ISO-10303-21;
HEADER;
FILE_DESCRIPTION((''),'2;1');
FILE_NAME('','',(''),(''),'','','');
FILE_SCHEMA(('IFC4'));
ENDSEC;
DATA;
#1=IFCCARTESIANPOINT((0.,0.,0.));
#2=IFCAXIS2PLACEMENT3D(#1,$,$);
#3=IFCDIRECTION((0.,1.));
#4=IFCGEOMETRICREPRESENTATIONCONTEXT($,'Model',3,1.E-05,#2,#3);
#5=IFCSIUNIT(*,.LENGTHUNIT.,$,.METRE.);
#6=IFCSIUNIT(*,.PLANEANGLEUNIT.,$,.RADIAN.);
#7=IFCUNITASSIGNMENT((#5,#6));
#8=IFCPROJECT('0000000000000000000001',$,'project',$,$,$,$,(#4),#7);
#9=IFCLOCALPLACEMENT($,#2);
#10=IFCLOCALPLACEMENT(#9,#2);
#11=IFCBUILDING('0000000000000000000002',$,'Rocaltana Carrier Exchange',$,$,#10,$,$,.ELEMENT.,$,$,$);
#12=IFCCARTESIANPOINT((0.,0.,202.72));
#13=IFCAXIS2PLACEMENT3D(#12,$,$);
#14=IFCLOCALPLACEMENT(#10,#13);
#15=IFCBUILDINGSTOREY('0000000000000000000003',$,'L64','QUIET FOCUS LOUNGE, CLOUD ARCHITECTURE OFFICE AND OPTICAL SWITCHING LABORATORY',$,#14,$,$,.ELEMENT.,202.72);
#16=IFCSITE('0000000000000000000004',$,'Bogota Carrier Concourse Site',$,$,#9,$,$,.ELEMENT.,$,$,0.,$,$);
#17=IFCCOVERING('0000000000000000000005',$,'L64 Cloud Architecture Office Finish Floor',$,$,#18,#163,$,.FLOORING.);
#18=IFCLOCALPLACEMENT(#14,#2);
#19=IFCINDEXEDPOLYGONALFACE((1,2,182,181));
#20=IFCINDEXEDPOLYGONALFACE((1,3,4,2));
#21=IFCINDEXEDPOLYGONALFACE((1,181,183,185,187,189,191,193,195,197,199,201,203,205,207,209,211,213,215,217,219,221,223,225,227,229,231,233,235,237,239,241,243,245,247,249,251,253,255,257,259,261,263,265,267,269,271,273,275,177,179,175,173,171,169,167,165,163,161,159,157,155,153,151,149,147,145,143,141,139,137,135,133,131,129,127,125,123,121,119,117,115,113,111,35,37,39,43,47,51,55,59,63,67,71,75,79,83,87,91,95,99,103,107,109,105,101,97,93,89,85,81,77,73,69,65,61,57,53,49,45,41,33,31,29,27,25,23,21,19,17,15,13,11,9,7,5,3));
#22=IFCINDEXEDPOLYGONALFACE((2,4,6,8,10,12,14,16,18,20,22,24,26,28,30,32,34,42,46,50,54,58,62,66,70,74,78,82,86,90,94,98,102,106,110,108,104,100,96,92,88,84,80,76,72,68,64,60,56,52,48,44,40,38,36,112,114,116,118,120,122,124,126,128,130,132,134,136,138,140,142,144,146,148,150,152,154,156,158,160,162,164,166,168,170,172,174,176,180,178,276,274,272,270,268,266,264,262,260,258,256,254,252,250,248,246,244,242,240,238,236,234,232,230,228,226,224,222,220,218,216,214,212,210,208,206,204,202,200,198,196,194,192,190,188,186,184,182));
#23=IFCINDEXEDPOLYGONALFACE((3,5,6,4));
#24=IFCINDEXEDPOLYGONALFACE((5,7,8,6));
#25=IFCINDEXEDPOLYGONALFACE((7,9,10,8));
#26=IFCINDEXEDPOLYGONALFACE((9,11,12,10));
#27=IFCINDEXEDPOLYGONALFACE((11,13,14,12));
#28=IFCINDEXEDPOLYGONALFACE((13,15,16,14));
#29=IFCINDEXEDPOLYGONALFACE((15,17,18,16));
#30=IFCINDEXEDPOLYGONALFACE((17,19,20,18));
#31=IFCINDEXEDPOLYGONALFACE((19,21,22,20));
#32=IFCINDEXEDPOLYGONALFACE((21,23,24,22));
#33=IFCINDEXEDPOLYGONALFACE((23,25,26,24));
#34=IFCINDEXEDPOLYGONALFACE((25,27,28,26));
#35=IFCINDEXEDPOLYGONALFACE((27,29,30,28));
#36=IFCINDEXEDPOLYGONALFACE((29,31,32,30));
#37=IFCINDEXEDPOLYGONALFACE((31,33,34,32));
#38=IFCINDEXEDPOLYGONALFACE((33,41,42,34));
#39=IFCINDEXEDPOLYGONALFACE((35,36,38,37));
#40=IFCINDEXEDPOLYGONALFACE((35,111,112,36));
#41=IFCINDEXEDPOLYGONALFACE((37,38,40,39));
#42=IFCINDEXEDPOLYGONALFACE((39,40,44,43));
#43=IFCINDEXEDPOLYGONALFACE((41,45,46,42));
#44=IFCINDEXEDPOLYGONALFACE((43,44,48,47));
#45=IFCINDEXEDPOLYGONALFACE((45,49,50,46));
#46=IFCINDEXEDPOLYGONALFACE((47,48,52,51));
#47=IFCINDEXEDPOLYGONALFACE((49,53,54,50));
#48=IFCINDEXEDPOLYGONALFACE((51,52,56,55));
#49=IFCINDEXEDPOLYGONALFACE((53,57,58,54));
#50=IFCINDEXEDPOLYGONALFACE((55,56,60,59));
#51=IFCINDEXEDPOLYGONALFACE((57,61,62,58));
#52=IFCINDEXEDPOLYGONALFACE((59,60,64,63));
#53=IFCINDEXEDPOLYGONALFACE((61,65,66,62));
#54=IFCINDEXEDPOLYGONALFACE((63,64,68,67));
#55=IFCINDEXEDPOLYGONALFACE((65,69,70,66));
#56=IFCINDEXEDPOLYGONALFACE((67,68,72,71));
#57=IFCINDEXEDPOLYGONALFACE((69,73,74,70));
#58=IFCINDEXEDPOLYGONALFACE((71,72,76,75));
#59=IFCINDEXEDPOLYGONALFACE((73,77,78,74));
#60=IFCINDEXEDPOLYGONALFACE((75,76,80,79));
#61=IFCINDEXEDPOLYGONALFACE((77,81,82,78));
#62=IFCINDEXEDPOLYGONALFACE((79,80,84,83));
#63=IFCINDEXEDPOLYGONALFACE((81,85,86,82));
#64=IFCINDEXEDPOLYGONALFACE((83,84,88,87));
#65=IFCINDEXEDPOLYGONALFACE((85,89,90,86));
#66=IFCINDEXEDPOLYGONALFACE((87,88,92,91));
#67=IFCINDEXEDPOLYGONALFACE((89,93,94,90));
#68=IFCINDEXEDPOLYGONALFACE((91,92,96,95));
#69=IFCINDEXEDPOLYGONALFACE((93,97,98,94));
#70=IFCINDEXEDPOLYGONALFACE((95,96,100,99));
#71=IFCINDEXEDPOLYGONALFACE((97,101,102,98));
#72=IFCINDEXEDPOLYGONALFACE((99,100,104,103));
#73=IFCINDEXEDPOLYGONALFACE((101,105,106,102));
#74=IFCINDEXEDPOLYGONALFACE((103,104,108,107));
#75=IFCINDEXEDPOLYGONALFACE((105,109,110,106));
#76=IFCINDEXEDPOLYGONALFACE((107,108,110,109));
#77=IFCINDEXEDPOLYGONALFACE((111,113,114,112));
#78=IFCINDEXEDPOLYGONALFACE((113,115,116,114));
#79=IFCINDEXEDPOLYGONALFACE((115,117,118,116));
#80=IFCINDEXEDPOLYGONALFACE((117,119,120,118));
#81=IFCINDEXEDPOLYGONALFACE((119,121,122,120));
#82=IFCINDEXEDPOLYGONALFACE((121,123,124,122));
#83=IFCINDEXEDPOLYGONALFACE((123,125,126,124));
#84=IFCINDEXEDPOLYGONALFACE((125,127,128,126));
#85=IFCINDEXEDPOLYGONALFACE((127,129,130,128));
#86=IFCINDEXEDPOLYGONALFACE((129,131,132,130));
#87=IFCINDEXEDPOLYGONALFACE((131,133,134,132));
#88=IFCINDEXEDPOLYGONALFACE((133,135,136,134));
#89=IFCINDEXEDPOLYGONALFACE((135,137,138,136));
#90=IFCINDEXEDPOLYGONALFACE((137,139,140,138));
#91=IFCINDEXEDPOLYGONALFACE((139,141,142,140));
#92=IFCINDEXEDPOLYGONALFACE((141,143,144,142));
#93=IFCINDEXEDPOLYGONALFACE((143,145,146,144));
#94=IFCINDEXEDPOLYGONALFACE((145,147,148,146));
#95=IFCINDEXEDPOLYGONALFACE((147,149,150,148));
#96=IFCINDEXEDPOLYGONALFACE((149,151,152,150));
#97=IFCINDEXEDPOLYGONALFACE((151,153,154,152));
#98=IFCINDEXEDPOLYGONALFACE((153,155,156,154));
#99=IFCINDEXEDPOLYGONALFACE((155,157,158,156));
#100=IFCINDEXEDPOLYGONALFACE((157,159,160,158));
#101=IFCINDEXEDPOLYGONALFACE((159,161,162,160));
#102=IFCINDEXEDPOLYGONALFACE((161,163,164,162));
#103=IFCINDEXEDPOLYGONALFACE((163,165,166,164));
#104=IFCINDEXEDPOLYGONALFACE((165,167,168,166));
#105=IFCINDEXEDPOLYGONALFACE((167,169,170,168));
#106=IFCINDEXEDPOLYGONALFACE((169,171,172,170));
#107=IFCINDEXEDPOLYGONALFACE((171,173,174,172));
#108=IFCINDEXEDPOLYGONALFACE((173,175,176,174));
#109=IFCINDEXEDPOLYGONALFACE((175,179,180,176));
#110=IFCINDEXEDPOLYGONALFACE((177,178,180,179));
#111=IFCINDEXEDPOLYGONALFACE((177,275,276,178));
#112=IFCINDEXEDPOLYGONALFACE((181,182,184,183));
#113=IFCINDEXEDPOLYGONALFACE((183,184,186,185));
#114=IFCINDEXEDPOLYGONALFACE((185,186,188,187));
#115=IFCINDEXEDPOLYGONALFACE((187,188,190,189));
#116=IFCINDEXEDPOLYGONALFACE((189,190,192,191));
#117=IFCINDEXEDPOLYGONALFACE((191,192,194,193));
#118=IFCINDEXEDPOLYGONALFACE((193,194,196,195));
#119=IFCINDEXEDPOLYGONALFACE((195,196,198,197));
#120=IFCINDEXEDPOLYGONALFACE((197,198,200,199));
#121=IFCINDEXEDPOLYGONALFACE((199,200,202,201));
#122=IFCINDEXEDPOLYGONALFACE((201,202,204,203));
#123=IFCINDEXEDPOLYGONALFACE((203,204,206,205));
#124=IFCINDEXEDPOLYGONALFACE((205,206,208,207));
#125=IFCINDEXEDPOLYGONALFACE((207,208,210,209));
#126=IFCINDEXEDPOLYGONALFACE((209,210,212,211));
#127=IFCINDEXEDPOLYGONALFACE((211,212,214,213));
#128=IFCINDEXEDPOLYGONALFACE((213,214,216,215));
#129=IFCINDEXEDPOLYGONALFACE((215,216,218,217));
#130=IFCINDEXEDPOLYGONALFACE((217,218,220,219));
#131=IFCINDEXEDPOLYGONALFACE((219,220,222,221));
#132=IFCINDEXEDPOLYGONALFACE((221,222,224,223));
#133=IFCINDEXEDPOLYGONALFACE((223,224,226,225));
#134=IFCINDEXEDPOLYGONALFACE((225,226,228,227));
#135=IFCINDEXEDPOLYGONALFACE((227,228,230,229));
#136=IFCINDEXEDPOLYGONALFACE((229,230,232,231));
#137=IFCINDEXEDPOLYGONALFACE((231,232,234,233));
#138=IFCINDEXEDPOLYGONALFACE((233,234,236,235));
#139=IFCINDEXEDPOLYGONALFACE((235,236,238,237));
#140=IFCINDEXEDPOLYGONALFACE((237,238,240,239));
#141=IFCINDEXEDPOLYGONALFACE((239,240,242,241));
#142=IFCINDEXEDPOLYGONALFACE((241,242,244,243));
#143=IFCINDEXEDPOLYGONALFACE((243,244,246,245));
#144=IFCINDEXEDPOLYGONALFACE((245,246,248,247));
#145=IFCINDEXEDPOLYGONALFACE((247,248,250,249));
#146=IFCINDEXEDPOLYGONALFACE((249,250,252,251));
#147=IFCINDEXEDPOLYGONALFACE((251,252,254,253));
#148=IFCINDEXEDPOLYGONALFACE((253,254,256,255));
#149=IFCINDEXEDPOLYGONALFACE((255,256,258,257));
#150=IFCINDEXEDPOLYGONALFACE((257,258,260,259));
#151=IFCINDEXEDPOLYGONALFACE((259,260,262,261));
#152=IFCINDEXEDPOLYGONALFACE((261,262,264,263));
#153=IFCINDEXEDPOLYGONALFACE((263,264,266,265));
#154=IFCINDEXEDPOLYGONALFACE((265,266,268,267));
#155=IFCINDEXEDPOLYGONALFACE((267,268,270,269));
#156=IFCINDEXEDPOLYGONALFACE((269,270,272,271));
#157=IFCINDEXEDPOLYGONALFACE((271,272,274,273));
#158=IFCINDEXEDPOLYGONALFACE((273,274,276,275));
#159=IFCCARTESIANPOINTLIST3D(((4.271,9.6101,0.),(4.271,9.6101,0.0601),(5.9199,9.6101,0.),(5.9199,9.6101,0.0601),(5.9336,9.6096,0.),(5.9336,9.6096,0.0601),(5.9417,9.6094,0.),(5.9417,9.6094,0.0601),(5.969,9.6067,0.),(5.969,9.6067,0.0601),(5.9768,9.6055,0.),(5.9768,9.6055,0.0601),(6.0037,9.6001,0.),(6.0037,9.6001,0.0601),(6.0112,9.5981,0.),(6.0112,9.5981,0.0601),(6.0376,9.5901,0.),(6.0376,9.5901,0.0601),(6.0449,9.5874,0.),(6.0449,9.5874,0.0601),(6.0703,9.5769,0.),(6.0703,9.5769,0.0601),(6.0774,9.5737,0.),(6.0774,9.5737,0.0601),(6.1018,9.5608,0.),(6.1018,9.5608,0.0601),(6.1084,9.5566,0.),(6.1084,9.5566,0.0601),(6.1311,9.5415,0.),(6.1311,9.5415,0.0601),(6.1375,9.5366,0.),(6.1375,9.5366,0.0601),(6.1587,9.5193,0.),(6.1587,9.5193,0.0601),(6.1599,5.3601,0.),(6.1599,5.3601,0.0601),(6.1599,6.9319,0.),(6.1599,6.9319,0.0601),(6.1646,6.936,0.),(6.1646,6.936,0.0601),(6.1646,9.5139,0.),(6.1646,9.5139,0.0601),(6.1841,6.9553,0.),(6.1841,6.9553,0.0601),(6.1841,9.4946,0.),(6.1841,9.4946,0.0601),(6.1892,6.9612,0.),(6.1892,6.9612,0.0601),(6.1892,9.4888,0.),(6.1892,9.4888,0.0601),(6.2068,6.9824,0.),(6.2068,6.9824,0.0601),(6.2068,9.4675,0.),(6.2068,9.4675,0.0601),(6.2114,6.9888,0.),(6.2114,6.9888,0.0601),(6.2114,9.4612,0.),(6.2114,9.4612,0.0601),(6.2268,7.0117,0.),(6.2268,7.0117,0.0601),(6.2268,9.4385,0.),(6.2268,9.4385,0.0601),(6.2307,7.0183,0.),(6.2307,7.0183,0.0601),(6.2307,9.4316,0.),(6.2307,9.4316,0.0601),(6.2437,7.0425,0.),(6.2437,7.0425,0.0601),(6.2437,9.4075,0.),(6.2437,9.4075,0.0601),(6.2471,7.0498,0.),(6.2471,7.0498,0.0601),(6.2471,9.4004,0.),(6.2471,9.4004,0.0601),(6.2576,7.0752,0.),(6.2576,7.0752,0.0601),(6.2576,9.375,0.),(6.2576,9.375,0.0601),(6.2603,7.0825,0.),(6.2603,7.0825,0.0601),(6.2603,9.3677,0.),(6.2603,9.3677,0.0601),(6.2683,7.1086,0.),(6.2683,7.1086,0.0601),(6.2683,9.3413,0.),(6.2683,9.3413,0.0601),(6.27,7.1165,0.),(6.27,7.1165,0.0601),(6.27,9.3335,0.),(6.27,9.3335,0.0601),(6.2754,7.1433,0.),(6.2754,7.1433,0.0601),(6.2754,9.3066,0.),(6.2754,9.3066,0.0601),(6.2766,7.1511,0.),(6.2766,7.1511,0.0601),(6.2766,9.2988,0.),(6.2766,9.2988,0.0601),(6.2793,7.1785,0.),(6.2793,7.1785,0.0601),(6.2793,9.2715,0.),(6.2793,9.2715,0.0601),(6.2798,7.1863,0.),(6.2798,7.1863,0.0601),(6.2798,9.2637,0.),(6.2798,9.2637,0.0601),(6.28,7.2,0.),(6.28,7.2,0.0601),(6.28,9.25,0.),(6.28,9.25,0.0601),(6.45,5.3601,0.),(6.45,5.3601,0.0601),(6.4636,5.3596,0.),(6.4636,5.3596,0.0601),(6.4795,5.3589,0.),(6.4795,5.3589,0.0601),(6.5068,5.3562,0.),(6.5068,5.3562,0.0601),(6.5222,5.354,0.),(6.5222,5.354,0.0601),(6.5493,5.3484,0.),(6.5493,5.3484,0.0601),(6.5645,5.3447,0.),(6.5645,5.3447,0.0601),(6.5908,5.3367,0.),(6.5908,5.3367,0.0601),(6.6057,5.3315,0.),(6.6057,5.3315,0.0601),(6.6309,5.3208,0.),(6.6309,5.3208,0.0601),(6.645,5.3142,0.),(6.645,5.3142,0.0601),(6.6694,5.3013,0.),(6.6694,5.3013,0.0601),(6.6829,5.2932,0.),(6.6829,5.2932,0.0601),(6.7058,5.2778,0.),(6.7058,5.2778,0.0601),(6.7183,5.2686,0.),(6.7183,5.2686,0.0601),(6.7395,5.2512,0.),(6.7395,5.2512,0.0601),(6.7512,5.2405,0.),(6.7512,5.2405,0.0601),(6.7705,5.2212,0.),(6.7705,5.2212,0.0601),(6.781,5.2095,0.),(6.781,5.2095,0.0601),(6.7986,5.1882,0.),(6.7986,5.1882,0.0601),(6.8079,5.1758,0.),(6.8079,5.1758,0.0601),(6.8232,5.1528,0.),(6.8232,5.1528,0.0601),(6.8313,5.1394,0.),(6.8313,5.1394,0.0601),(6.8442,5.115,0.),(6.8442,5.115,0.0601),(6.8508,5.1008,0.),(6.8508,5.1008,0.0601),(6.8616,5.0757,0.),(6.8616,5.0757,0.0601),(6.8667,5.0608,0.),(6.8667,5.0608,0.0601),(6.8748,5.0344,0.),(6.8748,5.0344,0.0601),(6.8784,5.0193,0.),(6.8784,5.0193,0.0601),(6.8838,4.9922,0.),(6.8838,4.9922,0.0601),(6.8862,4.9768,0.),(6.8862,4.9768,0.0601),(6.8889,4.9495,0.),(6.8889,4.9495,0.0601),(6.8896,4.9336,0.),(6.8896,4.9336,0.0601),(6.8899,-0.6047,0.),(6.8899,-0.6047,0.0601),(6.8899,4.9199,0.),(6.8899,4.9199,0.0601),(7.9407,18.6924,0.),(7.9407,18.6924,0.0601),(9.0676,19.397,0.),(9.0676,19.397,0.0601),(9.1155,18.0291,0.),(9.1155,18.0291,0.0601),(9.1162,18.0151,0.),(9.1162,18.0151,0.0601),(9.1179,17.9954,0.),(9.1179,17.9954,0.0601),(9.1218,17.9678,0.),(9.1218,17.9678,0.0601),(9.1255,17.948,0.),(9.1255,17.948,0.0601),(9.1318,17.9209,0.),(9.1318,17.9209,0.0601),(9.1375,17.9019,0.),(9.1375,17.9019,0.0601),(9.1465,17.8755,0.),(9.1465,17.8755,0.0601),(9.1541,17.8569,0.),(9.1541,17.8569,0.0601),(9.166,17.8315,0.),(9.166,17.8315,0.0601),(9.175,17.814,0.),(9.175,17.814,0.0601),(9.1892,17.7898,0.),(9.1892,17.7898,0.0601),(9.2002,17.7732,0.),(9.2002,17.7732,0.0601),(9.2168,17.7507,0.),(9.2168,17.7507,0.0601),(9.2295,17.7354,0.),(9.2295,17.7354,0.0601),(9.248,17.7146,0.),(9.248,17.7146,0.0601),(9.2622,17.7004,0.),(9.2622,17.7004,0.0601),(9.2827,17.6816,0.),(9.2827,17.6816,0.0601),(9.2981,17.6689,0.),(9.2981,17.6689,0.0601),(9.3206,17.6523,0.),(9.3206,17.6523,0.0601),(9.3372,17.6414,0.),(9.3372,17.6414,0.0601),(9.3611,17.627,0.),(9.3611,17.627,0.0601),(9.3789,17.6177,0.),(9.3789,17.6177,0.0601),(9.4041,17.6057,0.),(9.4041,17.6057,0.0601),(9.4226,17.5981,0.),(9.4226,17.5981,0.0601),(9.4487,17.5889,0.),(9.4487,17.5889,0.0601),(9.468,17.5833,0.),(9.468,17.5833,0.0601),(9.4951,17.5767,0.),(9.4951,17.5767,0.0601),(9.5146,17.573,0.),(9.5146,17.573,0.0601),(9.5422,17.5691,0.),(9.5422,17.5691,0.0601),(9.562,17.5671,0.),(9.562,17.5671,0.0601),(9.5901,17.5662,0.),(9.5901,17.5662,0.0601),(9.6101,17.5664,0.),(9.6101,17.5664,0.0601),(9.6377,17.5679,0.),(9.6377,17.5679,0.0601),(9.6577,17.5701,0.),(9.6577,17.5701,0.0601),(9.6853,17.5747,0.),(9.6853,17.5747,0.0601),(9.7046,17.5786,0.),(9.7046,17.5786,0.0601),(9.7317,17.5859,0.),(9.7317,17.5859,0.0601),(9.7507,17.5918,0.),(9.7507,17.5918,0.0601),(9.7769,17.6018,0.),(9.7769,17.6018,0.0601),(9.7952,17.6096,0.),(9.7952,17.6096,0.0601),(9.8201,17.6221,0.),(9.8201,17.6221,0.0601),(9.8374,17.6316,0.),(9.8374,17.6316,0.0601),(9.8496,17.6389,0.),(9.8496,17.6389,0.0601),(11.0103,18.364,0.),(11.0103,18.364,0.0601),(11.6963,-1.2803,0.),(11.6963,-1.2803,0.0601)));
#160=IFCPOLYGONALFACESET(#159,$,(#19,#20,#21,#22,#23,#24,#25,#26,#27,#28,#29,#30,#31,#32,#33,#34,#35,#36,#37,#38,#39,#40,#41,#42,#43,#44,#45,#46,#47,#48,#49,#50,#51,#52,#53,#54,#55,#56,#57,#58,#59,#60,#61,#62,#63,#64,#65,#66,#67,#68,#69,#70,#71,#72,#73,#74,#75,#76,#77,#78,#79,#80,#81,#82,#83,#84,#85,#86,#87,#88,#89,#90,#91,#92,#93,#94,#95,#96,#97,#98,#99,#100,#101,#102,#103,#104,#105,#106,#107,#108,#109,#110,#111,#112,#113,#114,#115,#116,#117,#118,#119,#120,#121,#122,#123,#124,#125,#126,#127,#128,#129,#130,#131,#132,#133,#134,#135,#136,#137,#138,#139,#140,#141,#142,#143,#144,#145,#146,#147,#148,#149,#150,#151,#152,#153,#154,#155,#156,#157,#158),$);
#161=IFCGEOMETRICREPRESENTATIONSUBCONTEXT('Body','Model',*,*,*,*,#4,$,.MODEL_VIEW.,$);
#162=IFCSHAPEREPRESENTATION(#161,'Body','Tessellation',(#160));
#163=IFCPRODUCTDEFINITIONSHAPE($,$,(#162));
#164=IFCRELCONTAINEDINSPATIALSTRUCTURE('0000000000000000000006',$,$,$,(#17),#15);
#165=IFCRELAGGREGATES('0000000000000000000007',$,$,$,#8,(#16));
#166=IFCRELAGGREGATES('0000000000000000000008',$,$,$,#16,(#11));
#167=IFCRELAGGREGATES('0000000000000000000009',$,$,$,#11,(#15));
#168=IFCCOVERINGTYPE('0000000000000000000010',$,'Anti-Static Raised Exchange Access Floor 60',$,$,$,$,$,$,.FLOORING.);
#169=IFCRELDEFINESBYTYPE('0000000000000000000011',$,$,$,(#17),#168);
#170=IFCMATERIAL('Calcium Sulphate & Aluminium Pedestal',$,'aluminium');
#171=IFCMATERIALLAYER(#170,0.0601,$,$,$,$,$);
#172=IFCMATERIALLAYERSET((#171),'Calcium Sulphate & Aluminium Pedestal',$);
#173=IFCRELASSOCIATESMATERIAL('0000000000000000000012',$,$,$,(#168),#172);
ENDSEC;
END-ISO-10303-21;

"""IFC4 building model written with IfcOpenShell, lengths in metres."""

from ifc_helpers import new_model, si_unit, direction, frame, origin, place, context, subcontext, project, spatial, polyline, outline, extrude, material, layer, layer_set, type_object, element, save


model = new_model("IFC4")

# Units and contexts
model_context = context("Model", 3, precision=1e-05, world=origin(), true_north=direction((0.0, 1.0)))
body_context = subcontext(model_context, "Body", "Model", "MODEL_VIEW")
ifc_project = project(units=[si_unit("LENGTHUNIT", "METRE"), si_unit("PLANEANGLEUNIT", "RADIAN")], contexts=[model_context])

# Site, building, storey
site_placement = place(None, origin())
site = spatial("IfcSite", under=ifc_project, at=site_placement, Name="Bogota Carrier Concourse Site", CompositionType="ELEMENT", RefElevation=0.0)
building_placement = place(site_placement, origin())
building = spatial("IfcBuilding", under=site, at=building_placement, Name="Rocaltana Carrier Exchange", CompositionType="ELEMENT")
storey_placement = place(building_placement, frame((0.0, 0.0, 202.72)))
storey = spatial("IfcBuildingStorey", under=building, at=storey_placement, Name="L64", Description="QUIET FOCUS LOUNGE, CLOUD ARCHITECTURE OFFICE AND OPTICAL SWITCHING LABORATORY", CompositionType="ELEMENT", Elevation=202.72)

# Covering
ifc_material_1 = material(Name="Calcium Sulphate & Aluminium Pedestal", Category="aluminium")
ifc_layer_1 = layer(ifc_material_1, 0.0601)
ifc_layer_set_1 = layer_set([ifc_layer_1], Name="Calcium Sulphate & Aluminium Pedestal")
covering_type_1 = type_object("IfcCoveringType", Name="Anti-Static Raised Exchange Access Floor 60", PredefinedType="FLOORING", material=ifc_layer_set_1)
covering_1_placement = place(storey_placement, origin())
element("IfcCovering", 1, at=covering_1_placement, inside=storey, type_object=covering_type_1, Name="L64 Cloud Architecture Office Finish Floor", PredefinedType="FLOORING", context=body_context, shape_type="SweptSolid", body=[
    extrude(outline(polyline([(6.1599, 6.9319), (6.1646, 6.936), (6.1841, 6.9553), (6.1892, 6.9612), (6.2068, 6.9824), (6.2114, 6.9888), (6.2268, 7.0117), (6.2307, 7.0183), (6.2437, 7.0425), (6.2471, 7.0498), (6.2576, 7.0752), (6.2603, 7.0825), (6.2683, 7.1086), (6.27, 7.1165), (6.2754, 7.1433), (6.2766, 7.1511), (6.2793, 7.1785), (6.2798, 7.1863), (6.28, 7.2), (6.28, 9.25), (6.2798, 9.2637), (6.2793, 9.2715), (6.2766, 9.2988), (6.2754, 9.3066), (6.27, 9.3335), (6.2683, 9.3413), (6.2603, 9.3677), (6.2576, 9.375), (6.2471, 9.4004), (6.2437, 9.4075), (6.2307, 9.4316), (6.2268, 9.4385), (6.2114, 9.4612), (6.2068, 9.4675), (6.1892, 9.4888), (6.1841, 9.4946), (6.1646, 9.5139), (6.1587, 9.5193), (6.1375, 9.5366), (6.1311, 9.5415), (6.1084, 9.5566), (6.1018, 9.5608), (6.0774, 9.5737), (6.0703, 9.5769), (6.0449, 9.5874), (6.0376, 9.5901), (6.0112, 9.5981), (6.0037, 9.6001), (5.9768, 9.6055), (5.969, 9.6067), (5.9417, 9.6094), (5.9336, 9.6096), (5.9199, 9.6101), (4.271, 9.6101), (7.9407, 18.6924), (9.0676, 19.397), (9.1155, 18.0291), (9.1162, 18.0151), (9.1179, 17.9954), (9.1218, 17.9678), (9.1255, 17.948), (9.1318, 17.9209), (9.1375, 17.9019), (9.1465, 17.8755), (9.1541, 17.8569), (9.166, 17.8315), (9.175, 17.814), (9.1892, 17.7898), (9.2002, 17.7732), (9.2168, 17.7507), (9.2295, 17.7354), (9.248, 17.7146), (9.2622, 17.7004), (9.2827, 17.6816), (9.2981, 17.6689), (9.3206, 17.6523), (9.3372, 17.6414), (9.3611, 17.627), (9.3789, 17.6177), (9.4041, 17.6057), (9.4226, 17.5981), (9.4487, 17.5889), (9.468, 17.5833), (9.4951, 17.5767), (9.5146, 17.573), (9.5422, 17.5691), (9.562, 17.5671), (9.5901, 17.5662), (9.6101, 17.5664), (9.6377, 17.5679), (9.6577, 17.5701), (9.6853, 17.5747), (9.7046, 17.5786), (9.7317, 17.5859), (9.7507, 17.5918), (9.7769, 17.6018), (9.7952, 17.6096), (9.8201, 17.6221), (9.8374, 17.6316), (9.8496, 17.6389), (11.0103, 18.364), (11.6963, -1.2803), (6.8899, -0.6047), (6.8899, 4.9199), (6.8896, 4.9336), (6.8889, 4.9495), (6.8862, 4.9768), (6.8838, 4.9922), (6.8784, 5.0193), (6.8748, 5.0344), (6.8667, 5.0608), (6.8616, 5.0757), (6.8508, 5.1008), (6.8442, 5.115), (6.8313, 5.1394), (6.8232, 5.1528), (6.8079, 5.1758), (6.7986, 5.1882), (6.781, 5.2095), (6.7705, 5.2212), (6.7512, 5.2405), (6.7395, 5.2512), (6.7183, 5.2686), (6.7058, 5.2778), (6.6829, 5.2932), (6.6694, 5.3013), (6.645, 5.3142), (6.6309, 5.3208), (6.6057, 5.3315), (6.5908, 5.3367), (6.5645, 5.3447), (6.5493, 5.3484), (6.5222, 5.354), (6.5068, 5.3562), (6.4795, 5.3589), (6.4636, 5.3596), (6.45, 5.3601), (6.1599, 5.3601), (6.1599, 6.9319)])), origin(), (0.0, 0.0, 1.0), 0.0601),
])

save(model, "model.ifc")
